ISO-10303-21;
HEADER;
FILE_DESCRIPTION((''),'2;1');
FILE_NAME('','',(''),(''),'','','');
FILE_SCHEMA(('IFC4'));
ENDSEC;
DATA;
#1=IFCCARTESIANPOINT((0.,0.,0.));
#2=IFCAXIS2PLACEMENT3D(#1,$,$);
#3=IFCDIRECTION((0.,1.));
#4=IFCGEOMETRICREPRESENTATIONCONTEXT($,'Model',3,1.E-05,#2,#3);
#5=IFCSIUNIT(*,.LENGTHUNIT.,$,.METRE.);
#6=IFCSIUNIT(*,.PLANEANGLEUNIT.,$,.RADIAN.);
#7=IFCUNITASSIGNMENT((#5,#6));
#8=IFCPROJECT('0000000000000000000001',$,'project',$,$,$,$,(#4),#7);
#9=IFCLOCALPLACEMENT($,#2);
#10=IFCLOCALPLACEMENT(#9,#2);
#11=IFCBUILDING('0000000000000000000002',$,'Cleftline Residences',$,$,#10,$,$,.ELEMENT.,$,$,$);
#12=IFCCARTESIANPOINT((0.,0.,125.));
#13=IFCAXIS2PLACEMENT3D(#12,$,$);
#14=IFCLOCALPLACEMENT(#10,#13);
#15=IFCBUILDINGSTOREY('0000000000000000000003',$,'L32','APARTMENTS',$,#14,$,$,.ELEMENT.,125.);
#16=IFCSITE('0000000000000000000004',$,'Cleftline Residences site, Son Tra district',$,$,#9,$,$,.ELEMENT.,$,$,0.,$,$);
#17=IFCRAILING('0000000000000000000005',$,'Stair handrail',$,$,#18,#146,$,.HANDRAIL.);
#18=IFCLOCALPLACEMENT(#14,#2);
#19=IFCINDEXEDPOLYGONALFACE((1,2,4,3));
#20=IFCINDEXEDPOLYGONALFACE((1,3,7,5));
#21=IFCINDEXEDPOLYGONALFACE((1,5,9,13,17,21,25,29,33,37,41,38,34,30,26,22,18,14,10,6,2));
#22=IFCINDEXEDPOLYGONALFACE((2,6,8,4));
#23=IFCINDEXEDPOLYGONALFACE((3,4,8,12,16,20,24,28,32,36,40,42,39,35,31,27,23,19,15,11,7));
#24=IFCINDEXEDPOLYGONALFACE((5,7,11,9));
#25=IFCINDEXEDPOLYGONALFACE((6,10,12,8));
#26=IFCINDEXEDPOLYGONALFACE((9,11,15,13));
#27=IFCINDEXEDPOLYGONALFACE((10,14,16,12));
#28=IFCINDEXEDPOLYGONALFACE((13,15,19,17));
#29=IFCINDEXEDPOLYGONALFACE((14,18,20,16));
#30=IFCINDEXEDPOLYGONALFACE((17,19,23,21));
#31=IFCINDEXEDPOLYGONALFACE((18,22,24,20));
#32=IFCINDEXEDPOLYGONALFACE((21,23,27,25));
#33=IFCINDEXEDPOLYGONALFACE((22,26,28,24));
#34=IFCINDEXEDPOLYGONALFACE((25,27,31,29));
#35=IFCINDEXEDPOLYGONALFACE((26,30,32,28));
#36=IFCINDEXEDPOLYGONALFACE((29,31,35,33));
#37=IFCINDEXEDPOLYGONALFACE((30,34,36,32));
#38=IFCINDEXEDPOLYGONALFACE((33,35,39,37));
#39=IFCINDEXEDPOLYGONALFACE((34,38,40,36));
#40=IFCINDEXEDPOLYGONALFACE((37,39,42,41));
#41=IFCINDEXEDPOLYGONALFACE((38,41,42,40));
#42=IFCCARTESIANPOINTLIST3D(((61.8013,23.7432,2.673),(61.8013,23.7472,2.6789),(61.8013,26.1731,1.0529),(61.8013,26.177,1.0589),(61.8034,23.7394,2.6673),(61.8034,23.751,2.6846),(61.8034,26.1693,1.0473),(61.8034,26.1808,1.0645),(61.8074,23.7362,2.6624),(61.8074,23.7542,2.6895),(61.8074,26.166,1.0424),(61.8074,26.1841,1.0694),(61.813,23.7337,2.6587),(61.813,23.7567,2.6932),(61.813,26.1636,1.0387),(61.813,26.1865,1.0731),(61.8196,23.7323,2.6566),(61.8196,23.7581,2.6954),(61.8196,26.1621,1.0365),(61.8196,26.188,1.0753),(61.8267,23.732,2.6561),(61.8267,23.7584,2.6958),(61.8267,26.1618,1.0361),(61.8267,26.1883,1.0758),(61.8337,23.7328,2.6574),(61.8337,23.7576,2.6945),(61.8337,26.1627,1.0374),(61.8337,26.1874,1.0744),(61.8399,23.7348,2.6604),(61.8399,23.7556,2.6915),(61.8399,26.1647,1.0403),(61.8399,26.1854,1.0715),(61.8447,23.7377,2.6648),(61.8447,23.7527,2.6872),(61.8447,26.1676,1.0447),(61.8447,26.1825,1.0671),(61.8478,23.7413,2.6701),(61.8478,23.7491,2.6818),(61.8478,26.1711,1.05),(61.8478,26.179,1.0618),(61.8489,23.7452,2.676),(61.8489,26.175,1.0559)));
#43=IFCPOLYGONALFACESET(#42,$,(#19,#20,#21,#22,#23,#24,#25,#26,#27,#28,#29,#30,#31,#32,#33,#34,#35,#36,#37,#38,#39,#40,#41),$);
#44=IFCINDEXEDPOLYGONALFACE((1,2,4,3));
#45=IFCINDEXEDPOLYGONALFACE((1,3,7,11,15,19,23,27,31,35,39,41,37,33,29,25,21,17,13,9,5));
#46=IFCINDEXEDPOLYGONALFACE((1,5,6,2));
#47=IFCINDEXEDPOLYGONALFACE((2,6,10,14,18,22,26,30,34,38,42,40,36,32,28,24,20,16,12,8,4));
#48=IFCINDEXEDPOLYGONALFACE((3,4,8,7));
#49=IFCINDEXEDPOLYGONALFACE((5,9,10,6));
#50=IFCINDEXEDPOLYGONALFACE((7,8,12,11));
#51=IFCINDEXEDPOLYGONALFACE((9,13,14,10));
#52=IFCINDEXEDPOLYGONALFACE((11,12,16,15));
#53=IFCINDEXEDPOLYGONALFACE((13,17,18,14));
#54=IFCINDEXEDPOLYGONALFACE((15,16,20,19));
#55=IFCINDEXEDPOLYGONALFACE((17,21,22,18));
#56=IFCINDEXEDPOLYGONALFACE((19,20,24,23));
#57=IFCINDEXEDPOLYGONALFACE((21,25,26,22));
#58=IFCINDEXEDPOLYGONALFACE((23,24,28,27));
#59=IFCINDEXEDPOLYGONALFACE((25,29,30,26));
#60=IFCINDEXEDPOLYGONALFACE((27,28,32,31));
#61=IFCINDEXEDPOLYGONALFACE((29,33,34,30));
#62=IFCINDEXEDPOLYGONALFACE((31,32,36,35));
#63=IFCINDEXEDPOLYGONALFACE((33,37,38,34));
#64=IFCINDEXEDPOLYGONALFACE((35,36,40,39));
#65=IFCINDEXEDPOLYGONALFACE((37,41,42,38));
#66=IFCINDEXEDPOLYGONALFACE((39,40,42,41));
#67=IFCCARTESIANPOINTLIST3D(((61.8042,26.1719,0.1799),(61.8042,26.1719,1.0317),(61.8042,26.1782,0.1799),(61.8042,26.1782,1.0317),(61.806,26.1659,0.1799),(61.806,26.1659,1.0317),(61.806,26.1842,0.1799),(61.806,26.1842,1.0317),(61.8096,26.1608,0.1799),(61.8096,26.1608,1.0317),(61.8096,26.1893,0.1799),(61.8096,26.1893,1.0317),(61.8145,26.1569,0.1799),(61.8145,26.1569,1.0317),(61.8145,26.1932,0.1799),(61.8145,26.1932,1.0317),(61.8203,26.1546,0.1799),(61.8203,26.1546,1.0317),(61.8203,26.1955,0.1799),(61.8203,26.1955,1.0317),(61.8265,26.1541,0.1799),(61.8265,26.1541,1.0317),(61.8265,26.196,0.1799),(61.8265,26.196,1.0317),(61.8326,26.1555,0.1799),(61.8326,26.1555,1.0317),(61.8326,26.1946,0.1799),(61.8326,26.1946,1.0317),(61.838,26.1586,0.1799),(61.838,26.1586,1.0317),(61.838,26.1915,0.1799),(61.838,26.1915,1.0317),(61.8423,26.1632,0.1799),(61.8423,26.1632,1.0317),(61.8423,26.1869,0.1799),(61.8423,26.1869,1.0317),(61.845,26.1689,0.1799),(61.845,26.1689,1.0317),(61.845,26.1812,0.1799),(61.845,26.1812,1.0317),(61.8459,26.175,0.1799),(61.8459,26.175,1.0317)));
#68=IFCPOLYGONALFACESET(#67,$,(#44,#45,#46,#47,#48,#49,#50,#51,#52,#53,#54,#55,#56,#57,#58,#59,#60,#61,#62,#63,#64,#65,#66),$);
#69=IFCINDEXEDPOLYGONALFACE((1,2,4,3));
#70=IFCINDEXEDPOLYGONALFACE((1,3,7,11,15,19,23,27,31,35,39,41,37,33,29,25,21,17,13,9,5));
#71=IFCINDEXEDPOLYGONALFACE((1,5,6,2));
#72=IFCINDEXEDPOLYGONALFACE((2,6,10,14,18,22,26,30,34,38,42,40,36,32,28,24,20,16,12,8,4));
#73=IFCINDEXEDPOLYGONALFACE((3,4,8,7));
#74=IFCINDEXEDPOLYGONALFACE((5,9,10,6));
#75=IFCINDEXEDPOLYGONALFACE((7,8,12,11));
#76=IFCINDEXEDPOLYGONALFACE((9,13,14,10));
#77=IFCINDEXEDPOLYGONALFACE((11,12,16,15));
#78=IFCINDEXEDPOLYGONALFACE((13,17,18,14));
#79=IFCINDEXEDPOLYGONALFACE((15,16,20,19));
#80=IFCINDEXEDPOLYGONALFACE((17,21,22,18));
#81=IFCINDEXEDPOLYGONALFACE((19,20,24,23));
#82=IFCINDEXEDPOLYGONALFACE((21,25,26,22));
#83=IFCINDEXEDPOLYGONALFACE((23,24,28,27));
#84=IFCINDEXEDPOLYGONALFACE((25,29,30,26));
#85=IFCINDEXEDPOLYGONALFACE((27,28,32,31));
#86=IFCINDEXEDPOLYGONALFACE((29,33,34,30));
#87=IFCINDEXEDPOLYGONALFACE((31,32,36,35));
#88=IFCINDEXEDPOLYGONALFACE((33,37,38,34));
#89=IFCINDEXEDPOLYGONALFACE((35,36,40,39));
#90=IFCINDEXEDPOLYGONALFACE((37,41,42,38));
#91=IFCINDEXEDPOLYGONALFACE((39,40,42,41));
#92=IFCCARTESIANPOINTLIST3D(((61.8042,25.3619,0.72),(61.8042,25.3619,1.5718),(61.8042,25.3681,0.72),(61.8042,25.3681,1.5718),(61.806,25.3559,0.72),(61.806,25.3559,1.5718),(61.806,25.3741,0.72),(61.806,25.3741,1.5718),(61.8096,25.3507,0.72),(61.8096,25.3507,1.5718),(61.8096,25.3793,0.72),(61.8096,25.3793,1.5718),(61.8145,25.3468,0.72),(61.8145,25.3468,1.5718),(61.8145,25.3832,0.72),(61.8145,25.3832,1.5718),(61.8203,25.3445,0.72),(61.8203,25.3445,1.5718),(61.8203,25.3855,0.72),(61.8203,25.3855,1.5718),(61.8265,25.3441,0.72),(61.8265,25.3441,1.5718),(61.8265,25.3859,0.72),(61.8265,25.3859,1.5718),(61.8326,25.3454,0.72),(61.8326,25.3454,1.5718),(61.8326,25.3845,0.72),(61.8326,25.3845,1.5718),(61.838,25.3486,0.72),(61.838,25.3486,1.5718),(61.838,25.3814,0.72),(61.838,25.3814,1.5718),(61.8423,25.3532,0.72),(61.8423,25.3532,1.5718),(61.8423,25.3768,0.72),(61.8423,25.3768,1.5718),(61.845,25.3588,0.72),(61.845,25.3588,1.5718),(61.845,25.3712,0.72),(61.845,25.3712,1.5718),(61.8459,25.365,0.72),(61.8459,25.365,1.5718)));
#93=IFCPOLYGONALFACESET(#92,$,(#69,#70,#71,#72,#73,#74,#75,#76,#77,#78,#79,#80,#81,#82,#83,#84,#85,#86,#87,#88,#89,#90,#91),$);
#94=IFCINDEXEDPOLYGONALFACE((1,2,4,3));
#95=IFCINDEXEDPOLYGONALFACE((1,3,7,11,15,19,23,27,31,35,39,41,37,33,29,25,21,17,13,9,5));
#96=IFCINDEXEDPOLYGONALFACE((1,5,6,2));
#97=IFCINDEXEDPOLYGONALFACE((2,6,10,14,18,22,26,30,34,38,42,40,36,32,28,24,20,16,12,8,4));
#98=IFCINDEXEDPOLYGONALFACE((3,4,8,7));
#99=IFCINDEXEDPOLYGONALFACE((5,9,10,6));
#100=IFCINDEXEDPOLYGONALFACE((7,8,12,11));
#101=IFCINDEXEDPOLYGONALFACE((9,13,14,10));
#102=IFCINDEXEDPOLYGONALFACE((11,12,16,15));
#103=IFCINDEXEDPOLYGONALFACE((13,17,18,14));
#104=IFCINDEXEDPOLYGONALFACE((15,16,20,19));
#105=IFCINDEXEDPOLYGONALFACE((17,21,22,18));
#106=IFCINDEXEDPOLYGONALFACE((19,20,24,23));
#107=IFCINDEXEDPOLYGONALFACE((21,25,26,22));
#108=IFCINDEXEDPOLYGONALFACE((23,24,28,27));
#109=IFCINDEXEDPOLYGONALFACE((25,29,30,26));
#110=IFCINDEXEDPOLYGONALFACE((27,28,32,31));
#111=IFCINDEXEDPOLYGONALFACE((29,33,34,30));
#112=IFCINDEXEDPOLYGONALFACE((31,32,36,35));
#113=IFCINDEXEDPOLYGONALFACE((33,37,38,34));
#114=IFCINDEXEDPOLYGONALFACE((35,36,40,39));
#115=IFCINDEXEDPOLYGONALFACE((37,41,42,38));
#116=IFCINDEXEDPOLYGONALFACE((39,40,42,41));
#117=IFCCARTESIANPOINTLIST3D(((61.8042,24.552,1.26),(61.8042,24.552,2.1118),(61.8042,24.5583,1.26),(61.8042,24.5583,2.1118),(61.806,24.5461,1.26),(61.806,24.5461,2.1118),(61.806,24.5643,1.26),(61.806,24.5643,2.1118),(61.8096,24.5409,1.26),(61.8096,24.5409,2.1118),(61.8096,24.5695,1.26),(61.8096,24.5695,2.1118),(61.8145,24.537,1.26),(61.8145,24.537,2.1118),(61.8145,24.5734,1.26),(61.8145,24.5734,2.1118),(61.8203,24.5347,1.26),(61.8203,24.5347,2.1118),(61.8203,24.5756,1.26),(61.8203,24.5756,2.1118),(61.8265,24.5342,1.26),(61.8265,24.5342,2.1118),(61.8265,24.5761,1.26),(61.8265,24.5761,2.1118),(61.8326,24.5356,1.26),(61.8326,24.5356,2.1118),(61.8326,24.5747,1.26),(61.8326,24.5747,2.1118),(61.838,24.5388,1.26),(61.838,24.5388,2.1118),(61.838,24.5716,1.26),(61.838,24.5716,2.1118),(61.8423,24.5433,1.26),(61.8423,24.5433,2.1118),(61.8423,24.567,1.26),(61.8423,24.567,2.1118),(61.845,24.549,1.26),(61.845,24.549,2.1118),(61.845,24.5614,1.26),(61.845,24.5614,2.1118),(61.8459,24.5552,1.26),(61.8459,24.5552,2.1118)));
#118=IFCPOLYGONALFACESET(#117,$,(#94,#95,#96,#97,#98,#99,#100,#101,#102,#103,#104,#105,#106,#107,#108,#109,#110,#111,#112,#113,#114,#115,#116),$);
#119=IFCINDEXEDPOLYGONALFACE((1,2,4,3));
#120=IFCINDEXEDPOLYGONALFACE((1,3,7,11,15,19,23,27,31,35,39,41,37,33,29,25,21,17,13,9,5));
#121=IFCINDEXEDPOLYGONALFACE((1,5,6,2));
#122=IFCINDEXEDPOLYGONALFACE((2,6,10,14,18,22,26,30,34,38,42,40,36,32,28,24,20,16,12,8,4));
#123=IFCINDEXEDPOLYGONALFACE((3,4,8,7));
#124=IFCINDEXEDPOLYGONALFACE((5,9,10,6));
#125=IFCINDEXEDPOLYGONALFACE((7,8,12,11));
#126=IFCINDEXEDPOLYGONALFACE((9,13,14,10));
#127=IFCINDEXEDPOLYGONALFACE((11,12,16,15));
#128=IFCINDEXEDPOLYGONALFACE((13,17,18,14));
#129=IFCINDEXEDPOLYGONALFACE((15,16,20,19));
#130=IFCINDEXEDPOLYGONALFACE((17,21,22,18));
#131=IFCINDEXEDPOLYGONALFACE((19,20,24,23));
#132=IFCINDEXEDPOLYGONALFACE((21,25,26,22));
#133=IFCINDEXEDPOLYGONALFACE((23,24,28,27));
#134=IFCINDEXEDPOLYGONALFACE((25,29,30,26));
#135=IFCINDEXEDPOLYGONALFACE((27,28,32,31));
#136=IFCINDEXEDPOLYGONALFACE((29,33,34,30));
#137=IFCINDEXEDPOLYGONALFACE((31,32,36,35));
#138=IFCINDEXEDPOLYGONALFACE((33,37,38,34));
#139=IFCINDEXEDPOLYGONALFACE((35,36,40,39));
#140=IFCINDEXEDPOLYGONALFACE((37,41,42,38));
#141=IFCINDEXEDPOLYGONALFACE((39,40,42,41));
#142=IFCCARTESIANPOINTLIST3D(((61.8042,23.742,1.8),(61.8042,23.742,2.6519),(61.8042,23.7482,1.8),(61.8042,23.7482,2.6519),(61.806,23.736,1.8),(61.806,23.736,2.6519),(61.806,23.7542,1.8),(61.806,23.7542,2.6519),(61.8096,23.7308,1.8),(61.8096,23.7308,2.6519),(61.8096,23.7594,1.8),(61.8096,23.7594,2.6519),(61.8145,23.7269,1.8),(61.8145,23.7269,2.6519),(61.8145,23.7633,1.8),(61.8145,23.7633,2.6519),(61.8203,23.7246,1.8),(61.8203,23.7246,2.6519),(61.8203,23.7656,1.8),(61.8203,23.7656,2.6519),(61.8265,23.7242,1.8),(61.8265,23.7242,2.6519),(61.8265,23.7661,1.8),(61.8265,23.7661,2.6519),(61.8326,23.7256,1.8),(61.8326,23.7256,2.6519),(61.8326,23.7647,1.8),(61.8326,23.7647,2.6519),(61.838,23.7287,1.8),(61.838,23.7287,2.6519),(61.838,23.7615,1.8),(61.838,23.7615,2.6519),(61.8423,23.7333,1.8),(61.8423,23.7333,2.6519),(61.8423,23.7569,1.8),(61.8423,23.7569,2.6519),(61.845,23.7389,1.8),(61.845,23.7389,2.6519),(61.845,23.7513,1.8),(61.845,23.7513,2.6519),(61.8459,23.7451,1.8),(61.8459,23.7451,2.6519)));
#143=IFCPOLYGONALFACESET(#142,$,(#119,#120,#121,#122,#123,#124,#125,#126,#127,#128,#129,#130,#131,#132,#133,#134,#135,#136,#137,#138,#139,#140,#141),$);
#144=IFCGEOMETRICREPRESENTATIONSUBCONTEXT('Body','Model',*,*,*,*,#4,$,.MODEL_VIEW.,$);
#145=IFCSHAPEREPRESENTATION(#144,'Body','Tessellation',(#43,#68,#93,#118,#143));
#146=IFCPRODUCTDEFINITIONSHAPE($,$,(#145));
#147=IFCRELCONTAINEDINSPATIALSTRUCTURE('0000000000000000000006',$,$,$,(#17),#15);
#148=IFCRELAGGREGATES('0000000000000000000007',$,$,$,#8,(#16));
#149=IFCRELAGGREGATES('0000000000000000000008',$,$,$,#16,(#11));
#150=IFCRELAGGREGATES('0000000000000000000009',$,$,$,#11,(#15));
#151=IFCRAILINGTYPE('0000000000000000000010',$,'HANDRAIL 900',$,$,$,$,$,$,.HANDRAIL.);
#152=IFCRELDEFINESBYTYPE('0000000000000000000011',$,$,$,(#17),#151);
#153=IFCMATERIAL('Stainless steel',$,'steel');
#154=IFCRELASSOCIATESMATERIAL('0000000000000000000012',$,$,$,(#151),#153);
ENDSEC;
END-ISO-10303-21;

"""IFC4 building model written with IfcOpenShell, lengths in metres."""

from ifc_helpers import new_model, si_unit, direction, frame, origin, origin_2d, place, context, subcontext, project, spatial, circle, extrude, material, type_object, element, save


model = new_model("IFC4")

# Units and contexts
model_context = context("Model", 3, precision=1e-05, world=origin(), true_north=direction((0.0, 1.0)))
body_context = subcontext(model_context, "Body", "Model", "MODEL_VIEW")
ifc_project = project(units=[si_unit("LENGTHUNIT", "METRE"), si_unit("PLANEANGLEUNIT", "RADIAN")], contexts=[model_context])

# Site, building, storey
site_placement = place(None, origin())
site = spatial("IfcSite", under=ifc_project, at=site_placement, Name="Cleftline Residences site, Son Tra district", CompositionType="ELEMENT", RefElevation=0.0)
building_placement = place(site_placement, origin())
building = spatial("IfcBuilding", under=site, at=building_placement, Name="Cleftline Residences", CompositionType="ELEMENT")
storey_placement = place(building_placement, frame((0.0, 0.0, 125.0)))
storey = spatial("IfcBuildingStorey", under=building, at=storey_placement, Name="L32", Description="APARTMENTS", CompositionType="ELEMENT", Elevation=125.0)

# Railing
ifc_material_1 = material(Name="Stainless steel", Category="steel")
railing_type = type_object("IfcRailingType", Name="HANDRAIL 900", PredefinedType="HANDRAIL", material=ifc_material_1)
railing_1_placement = place(storey_placement, frame((61.825, 26.175, 0.1799)))
element("IfcRailing", 1, at=railing_1_placement, inside=storey, type_object=railing_type, Name="Stair handrail", PredefinedType="HANDRAIL", context=body_context, shape_type="SweptSolid", body=[
    extrude(circle(Radius=0.0239, at=origin_2d()), frame((0.0, 0.0, 0.876), z_axis=(0.0, -0.832025, 0.554739), x_axis=(1.0, 0.0, 0.0)), (0.0, 0.0, 1.0), 2.9204),
    extrude(circle(Radius=0.021, at=origin_2d()), origin(), (0.0, 0.0, 1.0), 0.8518),
    extrude(circle(Radius=0.021, at=origin_2d()), frame((0.0, -0.8101, 0.54)), (0.0, 0.0, 1.0), 0.8518),
    extrude(circle(Radius=0.021, at=origin_2d()), frame((0.0, -1.6199, 1.0801)), (0.0, 0.0, 1.0), 0.8518),
    extrude(circle(Radius=0.021, at=origin_2d()), frame((0.0, -2.4299, 1.6201)), (0.0, 0.0, 1.0), 0.8518),
])

save(model, "model.ifc")
